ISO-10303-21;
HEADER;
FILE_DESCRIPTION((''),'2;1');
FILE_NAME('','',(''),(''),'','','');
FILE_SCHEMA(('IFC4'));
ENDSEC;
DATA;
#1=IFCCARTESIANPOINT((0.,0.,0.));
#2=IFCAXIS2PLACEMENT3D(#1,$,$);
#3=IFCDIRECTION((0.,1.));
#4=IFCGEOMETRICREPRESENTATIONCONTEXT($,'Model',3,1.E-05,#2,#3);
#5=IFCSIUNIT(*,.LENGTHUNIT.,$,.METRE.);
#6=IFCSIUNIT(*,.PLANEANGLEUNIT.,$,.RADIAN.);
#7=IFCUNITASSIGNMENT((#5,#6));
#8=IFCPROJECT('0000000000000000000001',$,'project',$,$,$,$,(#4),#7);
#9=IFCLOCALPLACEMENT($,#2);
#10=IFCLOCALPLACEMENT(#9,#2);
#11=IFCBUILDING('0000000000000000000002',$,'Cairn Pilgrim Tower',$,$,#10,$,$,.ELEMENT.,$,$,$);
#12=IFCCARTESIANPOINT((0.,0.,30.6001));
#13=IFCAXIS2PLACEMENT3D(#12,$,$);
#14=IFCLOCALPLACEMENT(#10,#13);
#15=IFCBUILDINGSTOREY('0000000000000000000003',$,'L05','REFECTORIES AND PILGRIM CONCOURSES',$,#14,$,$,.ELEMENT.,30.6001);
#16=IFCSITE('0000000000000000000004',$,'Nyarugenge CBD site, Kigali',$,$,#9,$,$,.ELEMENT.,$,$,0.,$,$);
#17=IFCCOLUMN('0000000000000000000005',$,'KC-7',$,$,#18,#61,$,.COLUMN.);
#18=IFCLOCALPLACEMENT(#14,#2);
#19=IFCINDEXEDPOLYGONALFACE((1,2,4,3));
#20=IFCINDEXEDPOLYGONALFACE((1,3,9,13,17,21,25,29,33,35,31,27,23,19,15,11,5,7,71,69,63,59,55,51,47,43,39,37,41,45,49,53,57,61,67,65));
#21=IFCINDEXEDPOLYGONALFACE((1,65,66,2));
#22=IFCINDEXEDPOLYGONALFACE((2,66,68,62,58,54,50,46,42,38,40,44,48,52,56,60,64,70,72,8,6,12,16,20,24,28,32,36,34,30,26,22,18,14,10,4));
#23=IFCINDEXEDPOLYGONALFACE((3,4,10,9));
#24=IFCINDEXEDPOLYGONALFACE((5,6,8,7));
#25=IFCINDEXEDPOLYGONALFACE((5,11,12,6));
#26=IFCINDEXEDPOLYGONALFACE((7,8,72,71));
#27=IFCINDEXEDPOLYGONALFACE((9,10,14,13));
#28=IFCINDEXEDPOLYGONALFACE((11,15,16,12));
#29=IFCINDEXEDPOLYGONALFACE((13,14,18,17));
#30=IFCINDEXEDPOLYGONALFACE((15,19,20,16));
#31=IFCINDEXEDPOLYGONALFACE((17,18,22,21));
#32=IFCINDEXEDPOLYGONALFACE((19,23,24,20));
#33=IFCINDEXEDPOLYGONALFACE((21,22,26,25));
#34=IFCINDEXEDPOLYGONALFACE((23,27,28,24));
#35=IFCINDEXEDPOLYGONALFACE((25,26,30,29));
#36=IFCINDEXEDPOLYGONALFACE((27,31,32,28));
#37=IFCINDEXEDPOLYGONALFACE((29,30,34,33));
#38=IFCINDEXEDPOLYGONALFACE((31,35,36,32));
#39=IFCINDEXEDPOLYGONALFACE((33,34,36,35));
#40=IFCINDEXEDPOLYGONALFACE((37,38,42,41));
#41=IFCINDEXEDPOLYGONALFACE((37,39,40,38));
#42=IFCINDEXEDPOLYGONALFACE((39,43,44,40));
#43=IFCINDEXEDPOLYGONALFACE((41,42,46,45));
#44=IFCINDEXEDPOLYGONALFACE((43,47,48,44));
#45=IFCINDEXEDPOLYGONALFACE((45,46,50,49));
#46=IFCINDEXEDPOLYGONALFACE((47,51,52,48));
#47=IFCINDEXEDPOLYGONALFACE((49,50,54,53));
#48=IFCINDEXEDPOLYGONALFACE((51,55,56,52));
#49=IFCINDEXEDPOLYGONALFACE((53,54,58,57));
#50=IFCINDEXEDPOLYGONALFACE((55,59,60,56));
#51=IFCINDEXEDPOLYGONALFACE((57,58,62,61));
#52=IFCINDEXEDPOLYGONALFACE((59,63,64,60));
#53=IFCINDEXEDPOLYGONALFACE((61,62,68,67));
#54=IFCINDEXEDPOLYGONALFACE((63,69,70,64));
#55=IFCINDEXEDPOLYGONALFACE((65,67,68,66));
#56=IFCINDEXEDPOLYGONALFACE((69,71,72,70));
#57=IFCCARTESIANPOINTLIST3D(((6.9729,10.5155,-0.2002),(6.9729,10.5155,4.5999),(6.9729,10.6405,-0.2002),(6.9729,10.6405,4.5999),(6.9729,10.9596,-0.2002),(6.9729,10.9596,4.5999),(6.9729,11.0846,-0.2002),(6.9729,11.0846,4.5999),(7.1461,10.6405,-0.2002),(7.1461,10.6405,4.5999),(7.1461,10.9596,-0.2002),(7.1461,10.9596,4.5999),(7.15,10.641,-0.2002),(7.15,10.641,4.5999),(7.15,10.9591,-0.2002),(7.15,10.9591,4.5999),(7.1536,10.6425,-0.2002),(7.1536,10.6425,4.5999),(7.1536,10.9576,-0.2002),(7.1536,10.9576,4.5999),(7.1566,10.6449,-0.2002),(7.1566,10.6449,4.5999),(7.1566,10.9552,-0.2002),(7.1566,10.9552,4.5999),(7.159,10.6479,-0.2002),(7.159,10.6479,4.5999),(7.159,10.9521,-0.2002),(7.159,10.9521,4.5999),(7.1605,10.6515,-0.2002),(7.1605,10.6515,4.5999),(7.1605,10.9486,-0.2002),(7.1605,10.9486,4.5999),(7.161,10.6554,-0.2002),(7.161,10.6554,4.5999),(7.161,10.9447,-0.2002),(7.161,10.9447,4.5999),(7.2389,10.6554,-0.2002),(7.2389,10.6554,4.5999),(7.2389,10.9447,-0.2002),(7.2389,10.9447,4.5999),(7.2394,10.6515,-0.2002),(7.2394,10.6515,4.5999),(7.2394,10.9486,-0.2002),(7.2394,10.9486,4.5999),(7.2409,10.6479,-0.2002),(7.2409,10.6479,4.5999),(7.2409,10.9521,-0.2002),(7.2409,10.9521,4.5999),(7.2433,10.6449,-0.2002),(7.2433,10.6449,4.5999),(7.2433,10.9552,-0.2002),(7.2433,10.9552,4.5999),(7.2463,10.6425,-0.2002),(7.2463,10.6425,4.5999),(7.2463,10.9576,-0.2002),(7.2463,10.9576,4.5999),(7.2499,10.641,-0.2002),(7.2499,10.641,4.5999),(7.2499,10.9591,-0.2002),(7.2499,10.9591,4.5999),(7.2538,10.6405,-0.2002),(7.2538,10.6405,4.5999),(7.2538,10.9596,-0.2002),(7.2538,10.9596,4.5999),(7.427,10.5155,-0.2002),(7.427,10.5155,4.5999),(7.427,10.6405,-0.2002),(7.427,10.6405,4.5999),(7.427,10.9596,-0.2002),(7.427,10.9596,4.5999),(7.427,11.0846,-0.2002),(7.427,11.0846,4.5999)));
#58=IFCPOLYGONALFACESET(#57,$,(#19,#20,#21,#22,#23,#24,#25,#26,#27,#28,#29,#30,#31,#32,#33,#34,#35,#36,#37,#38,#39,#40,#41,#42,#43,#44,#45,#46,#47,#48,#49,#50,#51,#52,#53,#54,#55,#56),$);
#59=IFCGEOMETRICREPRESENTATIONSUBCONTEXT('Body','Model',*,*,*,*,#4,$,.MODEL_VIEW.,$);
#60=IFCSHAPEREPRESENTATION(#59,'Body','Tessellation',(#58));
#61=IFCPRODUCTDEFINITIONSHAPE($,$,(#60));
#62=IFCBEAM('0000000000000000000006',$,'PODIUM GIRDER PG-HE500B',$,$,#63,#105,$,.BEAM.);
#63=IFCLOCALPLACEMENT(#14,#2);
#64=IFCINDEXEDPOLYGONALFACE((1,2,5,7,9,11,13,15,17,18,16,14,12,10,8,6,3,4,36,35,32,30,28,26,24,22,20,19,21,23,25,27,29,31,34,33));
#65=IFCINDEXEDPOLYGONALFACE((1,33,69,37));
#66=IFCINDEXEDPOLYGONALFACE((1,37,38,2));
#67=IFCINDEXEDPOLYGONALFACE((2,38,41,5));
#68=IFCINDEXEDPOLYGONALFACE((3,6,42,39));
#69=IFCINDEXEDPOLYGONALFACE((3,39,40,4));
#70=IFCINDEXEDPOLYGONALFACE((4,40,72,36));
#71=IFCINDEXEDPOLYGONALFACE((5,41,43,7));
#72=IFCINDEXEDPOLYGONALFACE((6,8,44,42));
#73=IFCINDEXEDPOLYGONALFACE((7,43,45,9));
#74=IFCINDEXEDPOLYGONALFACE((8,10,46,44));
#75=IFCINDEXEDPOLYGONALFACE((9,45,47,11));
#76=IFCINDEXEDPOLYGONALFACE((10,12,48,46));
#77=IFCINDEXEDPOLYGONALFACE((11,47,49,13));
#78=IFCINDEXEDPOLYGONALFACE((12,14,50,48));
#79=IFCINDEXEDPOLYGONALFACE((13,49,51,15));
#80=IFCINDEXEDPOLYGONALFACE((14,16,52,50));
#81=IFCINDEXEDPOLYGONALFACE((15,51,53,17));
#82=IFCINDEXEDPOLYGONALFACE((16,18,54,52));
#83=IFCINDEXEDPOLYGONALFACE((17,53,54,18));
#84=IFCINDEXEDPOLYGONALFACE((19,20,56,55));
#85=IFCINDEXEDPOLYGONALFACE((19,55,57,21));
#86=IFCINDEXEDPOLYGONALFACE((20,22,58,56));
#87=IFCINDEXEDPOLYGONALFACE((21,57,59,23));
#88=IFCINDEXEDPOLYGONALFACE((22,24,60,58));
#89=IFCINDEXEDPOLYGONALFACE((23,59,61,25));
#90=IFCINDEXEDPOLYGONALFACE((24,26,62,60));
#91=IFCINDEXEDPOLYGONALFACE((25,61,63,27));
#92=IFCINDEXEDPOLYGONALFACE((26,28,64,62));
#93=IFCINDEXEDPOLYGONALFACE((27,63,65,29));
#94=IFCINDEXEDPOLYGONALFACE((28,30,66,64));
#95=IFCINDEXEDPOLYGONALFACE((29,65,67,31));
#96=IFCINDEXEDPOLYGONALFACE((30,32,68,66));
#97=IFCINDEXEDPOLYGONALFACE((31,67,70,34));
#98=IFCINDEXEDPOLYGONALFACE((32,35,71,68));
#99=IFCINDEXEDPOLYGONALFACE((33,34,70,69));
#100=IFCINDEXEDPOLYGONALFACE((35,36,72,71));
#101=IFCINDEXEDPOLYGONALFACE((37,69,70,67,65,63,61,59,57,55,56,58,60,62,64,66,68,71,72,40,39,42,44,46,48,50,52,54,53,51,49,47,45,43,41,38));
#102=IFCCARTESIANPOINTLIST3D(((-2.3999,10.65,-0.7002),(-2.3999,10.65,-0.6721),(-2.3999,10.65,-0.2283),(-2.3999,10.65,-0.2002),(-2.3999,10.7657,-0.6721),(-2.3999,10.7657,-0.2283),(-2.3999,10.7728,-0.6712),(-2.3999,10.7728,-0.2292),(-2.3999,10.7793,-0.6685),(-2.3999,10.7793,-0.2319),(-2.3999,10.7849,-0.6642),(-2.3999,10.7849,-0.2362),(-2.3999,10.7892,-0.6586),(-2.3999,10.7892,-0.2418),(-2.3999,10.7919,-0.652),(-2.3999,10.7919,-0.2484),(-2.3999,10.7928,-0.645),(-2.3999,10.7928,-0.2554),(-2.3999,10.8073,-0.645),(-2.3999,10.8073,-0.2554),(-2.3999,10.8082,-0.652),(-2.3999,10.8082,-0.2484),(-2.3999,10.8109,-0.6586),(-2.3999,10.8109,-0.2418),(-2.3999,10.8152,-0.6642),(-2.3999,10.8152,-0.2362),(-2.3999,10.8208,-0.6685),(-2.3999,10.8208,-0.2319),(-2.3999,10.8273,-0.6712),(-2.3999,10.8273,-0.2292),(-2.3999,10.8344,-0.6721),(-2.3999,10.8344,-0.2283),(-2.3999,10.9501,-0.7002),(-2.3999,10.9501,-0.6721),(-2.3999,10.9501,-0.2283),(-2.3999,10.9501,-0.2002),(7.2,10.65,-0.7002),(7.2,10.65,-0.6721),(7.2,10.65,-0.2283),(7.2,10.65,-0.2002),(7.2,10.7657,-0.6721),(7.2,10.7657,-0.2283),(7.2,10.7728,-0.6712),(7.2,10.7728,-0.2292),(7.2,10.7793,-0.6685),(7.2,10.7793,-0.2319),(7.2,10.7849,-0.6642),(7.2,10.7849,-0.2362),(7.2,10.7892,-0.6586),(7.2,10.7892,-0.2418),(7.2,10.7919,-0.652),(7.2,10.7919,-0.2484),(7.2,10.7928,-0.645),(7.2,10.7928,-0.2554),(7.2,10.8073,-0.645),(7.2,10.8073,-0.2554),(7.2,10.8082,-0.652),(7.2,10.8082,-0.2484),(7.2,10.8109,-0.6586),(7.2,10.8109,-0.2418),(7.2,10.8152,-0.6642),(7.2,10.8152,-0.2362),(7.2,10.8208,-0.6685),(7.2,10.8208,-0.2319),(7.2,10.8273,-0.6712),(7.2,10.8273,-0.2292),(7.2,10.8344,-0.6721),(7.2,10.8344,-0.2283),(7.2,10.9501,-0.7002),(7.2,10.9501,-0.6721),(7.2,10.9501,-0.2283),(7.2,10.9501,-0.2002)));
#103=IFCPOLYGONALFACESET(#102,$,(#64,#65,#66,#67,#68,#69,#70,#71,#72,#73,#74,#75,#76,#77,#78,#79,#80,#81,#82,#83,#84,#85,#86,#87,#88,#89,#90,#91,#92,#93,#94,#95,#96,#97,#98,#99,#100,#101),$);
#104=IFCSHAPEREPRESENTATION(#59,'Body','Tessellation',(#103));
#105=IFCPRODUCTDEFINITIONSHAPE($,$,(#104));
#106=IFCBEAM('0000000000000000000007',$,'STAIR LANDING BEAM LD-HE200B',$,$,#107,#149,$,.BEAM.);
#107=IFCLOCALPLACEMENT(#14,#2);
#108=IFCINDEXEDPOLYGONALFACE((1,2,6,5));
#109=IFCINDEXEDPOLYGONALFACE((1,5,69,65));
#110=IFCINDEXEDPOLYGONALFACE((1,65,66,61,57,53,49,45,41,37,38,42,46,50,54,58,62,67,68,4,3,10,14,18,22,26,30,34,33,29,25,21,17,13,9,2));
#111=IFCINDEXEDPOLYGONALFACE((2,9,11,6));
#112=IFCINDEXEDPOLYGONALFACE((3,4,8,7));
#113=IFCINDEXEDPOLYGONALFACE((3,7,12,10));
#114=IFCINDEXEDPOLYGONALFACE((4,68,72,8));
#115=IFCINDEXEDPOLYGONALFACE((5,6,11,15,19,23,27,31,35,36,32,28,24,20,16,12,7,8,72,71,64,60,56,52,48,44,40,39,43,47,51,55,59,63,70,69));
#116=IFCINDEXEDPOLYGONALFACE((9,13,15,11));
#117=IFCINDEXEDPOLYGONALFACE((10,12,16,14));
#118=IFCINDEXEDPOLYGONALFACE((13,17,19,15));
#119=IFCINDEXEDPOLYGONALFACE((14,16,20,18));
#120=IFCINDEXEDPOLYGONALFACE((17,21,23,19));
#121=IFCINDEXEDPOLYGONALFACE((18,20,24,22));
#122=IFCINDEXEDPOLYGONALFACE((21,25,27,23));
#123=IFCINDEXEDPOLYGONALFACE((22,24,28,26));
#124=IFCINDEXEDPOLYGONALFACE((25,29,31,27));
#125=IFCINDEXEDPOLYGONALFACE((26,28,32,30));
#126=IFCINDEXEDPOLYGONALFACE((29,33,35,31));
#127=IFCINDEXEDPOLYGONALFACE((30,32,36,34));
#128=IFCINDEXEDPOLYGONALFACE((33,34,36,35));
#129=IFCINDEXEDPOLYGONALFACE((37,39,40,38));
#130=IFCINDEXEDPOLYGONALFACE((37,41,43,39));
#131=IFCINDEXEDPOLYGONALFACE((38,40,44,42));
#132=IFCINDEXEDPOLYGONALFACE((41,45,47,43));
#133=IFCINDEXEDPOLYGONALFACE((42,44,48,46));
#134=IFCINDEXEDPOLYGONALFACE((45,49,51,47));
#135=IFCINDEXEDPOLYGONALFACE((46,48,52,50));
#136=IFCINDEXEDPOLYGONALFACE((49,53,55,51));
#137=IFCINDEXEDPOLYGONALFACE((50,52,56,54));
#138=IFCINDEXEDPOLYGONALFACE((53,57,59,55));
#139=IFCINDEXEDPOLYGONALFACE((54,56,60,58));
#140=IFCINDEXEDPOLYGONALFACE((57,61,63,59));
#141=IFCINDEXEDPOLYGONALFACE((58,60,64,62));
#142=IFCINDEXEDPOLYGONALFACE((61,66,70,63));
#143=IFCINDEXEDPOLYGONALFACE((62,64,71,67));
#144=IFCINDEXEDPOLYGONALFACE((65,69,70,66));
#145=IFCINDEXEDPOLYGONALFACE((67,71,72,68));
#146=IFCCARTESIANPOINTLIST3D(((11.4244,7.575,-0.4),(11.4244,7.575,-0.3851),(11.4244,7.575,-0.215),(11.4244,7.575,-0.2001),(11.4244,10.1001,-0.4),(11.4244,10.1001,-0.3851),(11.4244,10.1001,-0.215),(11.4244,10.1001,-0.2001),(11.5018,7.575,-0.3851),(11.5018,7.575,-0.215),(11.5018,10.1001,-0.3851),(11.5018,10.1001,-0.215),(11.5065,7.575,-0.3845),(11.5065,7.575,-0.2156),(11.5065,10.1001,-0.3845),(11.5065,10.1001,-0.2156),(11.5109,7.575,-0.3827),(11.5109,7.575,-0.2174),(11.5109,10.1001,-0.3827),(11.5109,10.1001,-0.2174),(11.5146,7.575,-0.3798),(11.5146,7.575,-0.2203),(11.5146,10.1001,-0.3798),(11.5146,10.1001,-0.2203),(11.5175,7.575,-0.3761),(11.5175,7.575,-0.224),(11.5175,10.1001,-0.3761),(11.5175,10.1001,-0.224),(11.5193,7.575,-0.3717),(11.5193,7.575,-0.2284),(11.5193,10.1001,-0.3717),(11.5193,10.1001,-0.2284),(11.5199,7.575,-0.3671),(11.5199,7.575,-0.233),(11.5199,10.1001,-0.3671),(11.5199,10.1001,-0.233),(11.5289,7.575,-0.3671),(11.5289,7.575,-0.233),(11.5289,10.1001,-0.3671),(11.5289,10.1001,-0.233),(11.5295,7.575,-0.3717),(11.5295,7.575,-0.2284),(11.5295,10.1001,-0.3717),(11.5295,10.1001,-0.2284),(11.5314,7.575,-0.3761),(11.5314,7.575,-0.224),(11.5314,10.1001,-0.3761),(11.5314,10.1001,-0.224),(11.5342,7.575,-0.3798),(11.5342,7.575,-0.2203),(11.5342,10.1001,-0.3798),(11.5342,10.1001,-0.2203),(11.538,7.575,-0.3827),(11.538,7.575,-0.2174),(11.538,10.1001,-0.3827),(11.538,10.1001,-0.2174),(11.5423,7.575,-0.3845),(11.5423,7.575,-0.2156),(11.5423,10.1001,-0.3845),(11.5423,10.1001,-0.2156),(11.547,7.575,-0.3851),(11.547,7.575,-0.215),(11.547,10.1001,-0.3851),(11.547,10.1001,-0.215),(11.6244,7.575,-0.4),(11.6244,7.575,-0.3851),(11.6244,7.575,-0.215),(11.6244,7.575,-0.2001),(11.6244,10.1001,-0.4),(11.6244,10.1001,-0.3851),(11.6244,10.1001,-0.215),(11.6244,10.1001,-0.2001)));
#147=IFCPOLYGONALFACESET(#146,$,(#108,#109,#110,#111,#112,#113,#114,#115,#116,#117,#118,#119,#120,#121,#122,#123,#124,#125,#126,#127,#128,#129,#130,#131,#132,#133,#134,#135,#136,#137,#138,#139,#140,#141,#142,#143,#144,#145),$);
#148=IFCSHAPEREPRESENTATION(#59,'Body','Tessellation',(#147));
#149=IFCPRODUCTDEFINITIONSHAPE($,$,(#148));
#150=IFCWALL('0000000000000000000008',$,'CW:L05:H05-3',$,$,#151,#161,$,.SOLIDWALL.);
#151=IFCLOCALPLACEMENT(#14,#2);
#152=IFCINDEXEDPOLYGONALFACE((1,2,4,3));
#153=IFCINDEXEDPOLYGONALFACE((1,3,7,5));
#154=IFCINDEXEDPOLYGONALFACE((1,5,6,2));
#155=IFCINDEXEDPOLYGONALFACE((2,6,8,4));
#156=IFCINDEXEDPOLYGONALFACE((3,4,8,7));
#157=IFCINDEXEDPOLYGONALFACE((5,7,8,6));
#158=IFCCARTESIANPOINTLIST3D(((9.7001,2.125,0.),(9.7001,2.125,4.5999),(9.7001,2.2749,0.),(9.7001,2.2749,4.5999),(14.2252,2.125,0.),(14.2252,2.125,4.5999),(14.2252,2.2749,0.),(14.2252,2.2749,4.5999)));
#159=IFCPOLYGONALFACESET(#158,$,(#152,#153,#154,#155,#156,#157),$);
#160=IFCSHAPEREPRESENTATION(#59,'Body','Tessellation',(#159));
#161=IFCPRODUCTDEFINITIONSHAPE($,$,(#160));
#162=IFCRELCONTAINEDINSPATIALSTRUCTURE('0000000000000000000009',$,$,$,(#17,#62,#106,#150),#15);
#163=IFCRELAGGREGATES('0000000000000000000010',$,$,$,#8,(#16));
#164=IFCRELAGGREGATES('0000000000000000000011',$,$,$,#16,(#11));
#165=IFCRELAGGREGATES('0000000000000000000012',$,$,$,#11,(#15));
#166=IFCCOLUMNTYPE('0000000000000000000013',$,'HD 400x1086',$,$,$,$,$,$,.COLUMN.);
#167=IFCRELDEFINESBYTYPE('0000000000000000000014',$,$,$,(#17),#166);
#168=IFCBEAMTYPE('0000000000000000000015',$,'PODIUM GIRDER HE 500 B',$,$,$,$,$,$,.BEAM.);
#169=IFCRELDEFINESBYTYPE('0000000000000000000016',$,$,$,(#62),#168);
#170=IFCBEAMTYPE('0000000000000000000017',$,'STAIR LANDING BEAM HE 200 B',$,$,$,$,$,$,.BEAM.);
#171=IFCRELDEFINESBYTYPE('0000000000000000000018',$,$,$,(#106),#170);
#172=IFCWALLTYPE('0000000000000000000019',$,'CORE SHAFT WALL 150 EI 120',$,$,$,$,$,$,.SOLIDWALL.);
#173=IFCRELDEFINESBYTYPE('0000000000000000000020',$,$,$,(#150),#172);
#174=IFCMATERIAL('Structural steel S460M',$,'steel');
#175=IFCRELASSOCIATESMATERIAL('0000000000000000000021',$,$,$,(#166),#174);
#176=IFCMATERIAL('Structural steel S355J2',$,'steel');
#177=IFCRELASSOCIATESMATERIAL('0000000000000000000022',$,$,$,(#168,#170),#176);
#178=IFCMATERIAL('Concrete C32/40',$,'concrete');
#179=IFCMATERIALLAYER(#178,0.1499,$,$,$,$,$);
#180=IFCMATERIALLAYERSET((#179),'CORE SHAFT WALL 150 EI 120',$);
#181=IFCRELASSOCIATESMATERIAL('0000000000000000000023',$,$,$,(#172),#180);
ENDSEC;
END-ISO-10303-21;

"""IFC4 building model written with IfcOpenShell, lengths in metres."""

from ifc_helpers import new_model, si_unit, direction, frame, frame_2d, origin, origin_2d, place, context, subcontext, project, spatial, rectangle, i_section, extrude, material, layer, layer_set, material_profile, profile_set, type_object, element, save


model = new_model("IFC4")

# Units and contexts
model_context = context("Model", 3, precision=1e-05, world=origin(), true_north=direction((0.0, 1.0)))
body_context = subcontext(model_context, "Body", "Model", "MODEL_VIEW")
ifc_project = project(units=[si_unit("LENGTHUNIT", "METRE"), si_unit("PLANEANGLEUNIT", "RADIAN")], contexts=[model_context])

# Site, building, storey
site_placement = place(None, origin())
site = spatial("IfcSite", under=ifc_project, at=site_placement, Name="Nyarugenge CBD site, Kigali", CompositionType="ELEMENT", RefElevation=0.0)
building_placement = place(site_placement, origin())
building = spatial("IfcBuilding", under=site, at=building_placement, Name="Cairn Pilgrim Tower", CompositionType="ELEMENT")
storey_placement = place(building_placement, frame((0.0, 0.0, 30.6001)))
storey = spatial("IfcBuildingStorey", under=building, at=storey_placement, Name="L05", Description="REFECTORIES AND PILGRIM CONCOURSES", CompositionType="ELEMENT", Elevation=30.6001)

# Column
ifc_material_1 = material(Name="Structural steel S460M", Category="steel")
ifc_material_profile_1 = material_profile(ifc_material_1, i_section(OverallWidth=0.4541, OverallDepth=0.5691, WebThickness=0.0779, FlangeThickness=0.125, FilletRadius=0.0149, at=origin_2d()), Name="HD 400x1086")
ifc_profile_set_1 = profile_set([ifc_material_profile_1], Name="Structural steel S460M")
column_type = type_object("IfcColumnType", Name="HD 400x1086", PredefinedType="COLUMN", material=ifc_profile_set_1)
column_placement = place(storey_placement, frame((7.2, 10.8, -0.2002), z_axis=(0.0, 0.0, 1.0), x_axis=(1.0, 0.0, 0.0)))
element("IfcColumn", 1, at=column_placement, inside=storey, type_object=column_type, Name="KC-7", PredefinedType="COLUMN", context=body_context, shape_type="SweptSolid", body=[
    extrude(i_section(OverallWidth=0.4541, OverallDepth=0.5691, WebThickness=0.0779, FlangeThickness=0.125, FilletRadius=0.0149, at=origin_2d()), origin(), (0.0, 0.0, 1.0), 4.8),
])

# Beams
ifc_material_2 = material(Name="Structural steel S355J2", Category="steel")
ifc_material_profile_2 = material_profile(ifc_material_2, i_section(OverallWidth=0.3, OverallDepth=0.5, WebThickness=0.0144, FlangeThickness=0.0281, FilletRadius=0.0271, at=origin_2d()), Name="HEB 500")
ifc_profile_set_2 = profile_set([ifc_material_profile_2], Name="Structural steel S355J2")
beam_type_1 = type_object("IfcBeamType", Name="PODIUM GIRDER HE 500 B", PredefinedType="BEAM", material=ifc_profile_set_2)
beam_1_placement = place(storey_placement, frame((7.2, 10.8, -0.4502), z_axis=(-1.0, 0.0, 0.0), x_axis=(0.0, -1.0, 0.0)))
element("IfcBeam", 2, at=beam_1_placement, inside=storey, type_object=beam_type_1, Name="PODIUM GIRDER PG-HE500B", PredefinedType="BEAM", context=body_context, shape_type="SweptSolid", body=[
    extrude(i_section(OverallWidth=0.3, OverallDepth=0.5, WebThickness=0.0144, FlangeThickness=0.0281, FilletRadius=0.0271, at=origin_2d()), origin(), (0.0, 0.0, 1.0), 9.5999),
])
ifc_material_profile_3 = material_profile(ifc_material_2, i_section(OverallWidth=0.2, OverallDepth=0.2, WebThickness=0.009, FlangeThickness=0.0149, FilletRadius=0.0181, at=origin_2d()), Name="HE 200 B")
ifc_profile_set_3 = profile_set([ifc_material_profile_3], Name="Structural steel S355J2")
beam_type_2 = type_object("IfcBeamType", Name="STAIR LANDING BEAM HE 200 B", PredefinedType="BEAM", material=ifc_profile_set_3)
beam_2_placement = place(storey_placement, frame((11.5244, 10.1001, -0.3), z_axis=(0.0, -1.0, 0.0), x_axis=(1.0, 0.0, 0.0)))
element("IfcBeam", 3, at=beam_2_placement, inside=storey, type_object=beam_type_2, Name="STAIR LANDING BEAM LD-HE200B", PredefinedType="BEAM", context=body_context, shape_type="SweptSolid", body=[
    extrude(i_section(OverallWidth=0.2, OverallDepth=0.2, WebThickness=0.009, FlangeThickness=0.0149, FilletRadius=0.0181, at=origin_2d()), origin(), (0.0, 0.0, 1.0), 2.5251),
])

# Wall
ifc_material_3 = material(Name="Concrete C32/40", Category="concrete")
ifc_layer_1 = layer(ifc_material_3, 0.1499)
ifc_layer_set_1 = layer_set([ifc_layer_1], Name="CORE SHAFT WALL 150 EI 120")
wall_type_1 = type_object("IfcWallType", Name="CORE SHAFT WALL 150 EI 120", PredefinedType="SOLIDWALL", material=ifc_layer_set_1)
wall_1_placement = place(storey_placement, frame((9.7, 2.2, 0.0), z_axis=(0.0, 0.0, 1.0), x_axis=(1.0, 0.0, 0.0)))
element("IfcWall", 4, at=wall_1_placement, inside=storey, type_object=wall_type_1, Name="CW:L05:H05-3", PredefinedType="SOLIDWALL", context=body_context, shape_type="SweptSolid", body=[
    extrude(rectangle(XDim=4.5251, YDim=0.1499, at=frame_2d((2.2627, 0.0))), origin(), (0.0, 0.0, 1.0), 4.5999),
])

save(model, "model.ifc")
